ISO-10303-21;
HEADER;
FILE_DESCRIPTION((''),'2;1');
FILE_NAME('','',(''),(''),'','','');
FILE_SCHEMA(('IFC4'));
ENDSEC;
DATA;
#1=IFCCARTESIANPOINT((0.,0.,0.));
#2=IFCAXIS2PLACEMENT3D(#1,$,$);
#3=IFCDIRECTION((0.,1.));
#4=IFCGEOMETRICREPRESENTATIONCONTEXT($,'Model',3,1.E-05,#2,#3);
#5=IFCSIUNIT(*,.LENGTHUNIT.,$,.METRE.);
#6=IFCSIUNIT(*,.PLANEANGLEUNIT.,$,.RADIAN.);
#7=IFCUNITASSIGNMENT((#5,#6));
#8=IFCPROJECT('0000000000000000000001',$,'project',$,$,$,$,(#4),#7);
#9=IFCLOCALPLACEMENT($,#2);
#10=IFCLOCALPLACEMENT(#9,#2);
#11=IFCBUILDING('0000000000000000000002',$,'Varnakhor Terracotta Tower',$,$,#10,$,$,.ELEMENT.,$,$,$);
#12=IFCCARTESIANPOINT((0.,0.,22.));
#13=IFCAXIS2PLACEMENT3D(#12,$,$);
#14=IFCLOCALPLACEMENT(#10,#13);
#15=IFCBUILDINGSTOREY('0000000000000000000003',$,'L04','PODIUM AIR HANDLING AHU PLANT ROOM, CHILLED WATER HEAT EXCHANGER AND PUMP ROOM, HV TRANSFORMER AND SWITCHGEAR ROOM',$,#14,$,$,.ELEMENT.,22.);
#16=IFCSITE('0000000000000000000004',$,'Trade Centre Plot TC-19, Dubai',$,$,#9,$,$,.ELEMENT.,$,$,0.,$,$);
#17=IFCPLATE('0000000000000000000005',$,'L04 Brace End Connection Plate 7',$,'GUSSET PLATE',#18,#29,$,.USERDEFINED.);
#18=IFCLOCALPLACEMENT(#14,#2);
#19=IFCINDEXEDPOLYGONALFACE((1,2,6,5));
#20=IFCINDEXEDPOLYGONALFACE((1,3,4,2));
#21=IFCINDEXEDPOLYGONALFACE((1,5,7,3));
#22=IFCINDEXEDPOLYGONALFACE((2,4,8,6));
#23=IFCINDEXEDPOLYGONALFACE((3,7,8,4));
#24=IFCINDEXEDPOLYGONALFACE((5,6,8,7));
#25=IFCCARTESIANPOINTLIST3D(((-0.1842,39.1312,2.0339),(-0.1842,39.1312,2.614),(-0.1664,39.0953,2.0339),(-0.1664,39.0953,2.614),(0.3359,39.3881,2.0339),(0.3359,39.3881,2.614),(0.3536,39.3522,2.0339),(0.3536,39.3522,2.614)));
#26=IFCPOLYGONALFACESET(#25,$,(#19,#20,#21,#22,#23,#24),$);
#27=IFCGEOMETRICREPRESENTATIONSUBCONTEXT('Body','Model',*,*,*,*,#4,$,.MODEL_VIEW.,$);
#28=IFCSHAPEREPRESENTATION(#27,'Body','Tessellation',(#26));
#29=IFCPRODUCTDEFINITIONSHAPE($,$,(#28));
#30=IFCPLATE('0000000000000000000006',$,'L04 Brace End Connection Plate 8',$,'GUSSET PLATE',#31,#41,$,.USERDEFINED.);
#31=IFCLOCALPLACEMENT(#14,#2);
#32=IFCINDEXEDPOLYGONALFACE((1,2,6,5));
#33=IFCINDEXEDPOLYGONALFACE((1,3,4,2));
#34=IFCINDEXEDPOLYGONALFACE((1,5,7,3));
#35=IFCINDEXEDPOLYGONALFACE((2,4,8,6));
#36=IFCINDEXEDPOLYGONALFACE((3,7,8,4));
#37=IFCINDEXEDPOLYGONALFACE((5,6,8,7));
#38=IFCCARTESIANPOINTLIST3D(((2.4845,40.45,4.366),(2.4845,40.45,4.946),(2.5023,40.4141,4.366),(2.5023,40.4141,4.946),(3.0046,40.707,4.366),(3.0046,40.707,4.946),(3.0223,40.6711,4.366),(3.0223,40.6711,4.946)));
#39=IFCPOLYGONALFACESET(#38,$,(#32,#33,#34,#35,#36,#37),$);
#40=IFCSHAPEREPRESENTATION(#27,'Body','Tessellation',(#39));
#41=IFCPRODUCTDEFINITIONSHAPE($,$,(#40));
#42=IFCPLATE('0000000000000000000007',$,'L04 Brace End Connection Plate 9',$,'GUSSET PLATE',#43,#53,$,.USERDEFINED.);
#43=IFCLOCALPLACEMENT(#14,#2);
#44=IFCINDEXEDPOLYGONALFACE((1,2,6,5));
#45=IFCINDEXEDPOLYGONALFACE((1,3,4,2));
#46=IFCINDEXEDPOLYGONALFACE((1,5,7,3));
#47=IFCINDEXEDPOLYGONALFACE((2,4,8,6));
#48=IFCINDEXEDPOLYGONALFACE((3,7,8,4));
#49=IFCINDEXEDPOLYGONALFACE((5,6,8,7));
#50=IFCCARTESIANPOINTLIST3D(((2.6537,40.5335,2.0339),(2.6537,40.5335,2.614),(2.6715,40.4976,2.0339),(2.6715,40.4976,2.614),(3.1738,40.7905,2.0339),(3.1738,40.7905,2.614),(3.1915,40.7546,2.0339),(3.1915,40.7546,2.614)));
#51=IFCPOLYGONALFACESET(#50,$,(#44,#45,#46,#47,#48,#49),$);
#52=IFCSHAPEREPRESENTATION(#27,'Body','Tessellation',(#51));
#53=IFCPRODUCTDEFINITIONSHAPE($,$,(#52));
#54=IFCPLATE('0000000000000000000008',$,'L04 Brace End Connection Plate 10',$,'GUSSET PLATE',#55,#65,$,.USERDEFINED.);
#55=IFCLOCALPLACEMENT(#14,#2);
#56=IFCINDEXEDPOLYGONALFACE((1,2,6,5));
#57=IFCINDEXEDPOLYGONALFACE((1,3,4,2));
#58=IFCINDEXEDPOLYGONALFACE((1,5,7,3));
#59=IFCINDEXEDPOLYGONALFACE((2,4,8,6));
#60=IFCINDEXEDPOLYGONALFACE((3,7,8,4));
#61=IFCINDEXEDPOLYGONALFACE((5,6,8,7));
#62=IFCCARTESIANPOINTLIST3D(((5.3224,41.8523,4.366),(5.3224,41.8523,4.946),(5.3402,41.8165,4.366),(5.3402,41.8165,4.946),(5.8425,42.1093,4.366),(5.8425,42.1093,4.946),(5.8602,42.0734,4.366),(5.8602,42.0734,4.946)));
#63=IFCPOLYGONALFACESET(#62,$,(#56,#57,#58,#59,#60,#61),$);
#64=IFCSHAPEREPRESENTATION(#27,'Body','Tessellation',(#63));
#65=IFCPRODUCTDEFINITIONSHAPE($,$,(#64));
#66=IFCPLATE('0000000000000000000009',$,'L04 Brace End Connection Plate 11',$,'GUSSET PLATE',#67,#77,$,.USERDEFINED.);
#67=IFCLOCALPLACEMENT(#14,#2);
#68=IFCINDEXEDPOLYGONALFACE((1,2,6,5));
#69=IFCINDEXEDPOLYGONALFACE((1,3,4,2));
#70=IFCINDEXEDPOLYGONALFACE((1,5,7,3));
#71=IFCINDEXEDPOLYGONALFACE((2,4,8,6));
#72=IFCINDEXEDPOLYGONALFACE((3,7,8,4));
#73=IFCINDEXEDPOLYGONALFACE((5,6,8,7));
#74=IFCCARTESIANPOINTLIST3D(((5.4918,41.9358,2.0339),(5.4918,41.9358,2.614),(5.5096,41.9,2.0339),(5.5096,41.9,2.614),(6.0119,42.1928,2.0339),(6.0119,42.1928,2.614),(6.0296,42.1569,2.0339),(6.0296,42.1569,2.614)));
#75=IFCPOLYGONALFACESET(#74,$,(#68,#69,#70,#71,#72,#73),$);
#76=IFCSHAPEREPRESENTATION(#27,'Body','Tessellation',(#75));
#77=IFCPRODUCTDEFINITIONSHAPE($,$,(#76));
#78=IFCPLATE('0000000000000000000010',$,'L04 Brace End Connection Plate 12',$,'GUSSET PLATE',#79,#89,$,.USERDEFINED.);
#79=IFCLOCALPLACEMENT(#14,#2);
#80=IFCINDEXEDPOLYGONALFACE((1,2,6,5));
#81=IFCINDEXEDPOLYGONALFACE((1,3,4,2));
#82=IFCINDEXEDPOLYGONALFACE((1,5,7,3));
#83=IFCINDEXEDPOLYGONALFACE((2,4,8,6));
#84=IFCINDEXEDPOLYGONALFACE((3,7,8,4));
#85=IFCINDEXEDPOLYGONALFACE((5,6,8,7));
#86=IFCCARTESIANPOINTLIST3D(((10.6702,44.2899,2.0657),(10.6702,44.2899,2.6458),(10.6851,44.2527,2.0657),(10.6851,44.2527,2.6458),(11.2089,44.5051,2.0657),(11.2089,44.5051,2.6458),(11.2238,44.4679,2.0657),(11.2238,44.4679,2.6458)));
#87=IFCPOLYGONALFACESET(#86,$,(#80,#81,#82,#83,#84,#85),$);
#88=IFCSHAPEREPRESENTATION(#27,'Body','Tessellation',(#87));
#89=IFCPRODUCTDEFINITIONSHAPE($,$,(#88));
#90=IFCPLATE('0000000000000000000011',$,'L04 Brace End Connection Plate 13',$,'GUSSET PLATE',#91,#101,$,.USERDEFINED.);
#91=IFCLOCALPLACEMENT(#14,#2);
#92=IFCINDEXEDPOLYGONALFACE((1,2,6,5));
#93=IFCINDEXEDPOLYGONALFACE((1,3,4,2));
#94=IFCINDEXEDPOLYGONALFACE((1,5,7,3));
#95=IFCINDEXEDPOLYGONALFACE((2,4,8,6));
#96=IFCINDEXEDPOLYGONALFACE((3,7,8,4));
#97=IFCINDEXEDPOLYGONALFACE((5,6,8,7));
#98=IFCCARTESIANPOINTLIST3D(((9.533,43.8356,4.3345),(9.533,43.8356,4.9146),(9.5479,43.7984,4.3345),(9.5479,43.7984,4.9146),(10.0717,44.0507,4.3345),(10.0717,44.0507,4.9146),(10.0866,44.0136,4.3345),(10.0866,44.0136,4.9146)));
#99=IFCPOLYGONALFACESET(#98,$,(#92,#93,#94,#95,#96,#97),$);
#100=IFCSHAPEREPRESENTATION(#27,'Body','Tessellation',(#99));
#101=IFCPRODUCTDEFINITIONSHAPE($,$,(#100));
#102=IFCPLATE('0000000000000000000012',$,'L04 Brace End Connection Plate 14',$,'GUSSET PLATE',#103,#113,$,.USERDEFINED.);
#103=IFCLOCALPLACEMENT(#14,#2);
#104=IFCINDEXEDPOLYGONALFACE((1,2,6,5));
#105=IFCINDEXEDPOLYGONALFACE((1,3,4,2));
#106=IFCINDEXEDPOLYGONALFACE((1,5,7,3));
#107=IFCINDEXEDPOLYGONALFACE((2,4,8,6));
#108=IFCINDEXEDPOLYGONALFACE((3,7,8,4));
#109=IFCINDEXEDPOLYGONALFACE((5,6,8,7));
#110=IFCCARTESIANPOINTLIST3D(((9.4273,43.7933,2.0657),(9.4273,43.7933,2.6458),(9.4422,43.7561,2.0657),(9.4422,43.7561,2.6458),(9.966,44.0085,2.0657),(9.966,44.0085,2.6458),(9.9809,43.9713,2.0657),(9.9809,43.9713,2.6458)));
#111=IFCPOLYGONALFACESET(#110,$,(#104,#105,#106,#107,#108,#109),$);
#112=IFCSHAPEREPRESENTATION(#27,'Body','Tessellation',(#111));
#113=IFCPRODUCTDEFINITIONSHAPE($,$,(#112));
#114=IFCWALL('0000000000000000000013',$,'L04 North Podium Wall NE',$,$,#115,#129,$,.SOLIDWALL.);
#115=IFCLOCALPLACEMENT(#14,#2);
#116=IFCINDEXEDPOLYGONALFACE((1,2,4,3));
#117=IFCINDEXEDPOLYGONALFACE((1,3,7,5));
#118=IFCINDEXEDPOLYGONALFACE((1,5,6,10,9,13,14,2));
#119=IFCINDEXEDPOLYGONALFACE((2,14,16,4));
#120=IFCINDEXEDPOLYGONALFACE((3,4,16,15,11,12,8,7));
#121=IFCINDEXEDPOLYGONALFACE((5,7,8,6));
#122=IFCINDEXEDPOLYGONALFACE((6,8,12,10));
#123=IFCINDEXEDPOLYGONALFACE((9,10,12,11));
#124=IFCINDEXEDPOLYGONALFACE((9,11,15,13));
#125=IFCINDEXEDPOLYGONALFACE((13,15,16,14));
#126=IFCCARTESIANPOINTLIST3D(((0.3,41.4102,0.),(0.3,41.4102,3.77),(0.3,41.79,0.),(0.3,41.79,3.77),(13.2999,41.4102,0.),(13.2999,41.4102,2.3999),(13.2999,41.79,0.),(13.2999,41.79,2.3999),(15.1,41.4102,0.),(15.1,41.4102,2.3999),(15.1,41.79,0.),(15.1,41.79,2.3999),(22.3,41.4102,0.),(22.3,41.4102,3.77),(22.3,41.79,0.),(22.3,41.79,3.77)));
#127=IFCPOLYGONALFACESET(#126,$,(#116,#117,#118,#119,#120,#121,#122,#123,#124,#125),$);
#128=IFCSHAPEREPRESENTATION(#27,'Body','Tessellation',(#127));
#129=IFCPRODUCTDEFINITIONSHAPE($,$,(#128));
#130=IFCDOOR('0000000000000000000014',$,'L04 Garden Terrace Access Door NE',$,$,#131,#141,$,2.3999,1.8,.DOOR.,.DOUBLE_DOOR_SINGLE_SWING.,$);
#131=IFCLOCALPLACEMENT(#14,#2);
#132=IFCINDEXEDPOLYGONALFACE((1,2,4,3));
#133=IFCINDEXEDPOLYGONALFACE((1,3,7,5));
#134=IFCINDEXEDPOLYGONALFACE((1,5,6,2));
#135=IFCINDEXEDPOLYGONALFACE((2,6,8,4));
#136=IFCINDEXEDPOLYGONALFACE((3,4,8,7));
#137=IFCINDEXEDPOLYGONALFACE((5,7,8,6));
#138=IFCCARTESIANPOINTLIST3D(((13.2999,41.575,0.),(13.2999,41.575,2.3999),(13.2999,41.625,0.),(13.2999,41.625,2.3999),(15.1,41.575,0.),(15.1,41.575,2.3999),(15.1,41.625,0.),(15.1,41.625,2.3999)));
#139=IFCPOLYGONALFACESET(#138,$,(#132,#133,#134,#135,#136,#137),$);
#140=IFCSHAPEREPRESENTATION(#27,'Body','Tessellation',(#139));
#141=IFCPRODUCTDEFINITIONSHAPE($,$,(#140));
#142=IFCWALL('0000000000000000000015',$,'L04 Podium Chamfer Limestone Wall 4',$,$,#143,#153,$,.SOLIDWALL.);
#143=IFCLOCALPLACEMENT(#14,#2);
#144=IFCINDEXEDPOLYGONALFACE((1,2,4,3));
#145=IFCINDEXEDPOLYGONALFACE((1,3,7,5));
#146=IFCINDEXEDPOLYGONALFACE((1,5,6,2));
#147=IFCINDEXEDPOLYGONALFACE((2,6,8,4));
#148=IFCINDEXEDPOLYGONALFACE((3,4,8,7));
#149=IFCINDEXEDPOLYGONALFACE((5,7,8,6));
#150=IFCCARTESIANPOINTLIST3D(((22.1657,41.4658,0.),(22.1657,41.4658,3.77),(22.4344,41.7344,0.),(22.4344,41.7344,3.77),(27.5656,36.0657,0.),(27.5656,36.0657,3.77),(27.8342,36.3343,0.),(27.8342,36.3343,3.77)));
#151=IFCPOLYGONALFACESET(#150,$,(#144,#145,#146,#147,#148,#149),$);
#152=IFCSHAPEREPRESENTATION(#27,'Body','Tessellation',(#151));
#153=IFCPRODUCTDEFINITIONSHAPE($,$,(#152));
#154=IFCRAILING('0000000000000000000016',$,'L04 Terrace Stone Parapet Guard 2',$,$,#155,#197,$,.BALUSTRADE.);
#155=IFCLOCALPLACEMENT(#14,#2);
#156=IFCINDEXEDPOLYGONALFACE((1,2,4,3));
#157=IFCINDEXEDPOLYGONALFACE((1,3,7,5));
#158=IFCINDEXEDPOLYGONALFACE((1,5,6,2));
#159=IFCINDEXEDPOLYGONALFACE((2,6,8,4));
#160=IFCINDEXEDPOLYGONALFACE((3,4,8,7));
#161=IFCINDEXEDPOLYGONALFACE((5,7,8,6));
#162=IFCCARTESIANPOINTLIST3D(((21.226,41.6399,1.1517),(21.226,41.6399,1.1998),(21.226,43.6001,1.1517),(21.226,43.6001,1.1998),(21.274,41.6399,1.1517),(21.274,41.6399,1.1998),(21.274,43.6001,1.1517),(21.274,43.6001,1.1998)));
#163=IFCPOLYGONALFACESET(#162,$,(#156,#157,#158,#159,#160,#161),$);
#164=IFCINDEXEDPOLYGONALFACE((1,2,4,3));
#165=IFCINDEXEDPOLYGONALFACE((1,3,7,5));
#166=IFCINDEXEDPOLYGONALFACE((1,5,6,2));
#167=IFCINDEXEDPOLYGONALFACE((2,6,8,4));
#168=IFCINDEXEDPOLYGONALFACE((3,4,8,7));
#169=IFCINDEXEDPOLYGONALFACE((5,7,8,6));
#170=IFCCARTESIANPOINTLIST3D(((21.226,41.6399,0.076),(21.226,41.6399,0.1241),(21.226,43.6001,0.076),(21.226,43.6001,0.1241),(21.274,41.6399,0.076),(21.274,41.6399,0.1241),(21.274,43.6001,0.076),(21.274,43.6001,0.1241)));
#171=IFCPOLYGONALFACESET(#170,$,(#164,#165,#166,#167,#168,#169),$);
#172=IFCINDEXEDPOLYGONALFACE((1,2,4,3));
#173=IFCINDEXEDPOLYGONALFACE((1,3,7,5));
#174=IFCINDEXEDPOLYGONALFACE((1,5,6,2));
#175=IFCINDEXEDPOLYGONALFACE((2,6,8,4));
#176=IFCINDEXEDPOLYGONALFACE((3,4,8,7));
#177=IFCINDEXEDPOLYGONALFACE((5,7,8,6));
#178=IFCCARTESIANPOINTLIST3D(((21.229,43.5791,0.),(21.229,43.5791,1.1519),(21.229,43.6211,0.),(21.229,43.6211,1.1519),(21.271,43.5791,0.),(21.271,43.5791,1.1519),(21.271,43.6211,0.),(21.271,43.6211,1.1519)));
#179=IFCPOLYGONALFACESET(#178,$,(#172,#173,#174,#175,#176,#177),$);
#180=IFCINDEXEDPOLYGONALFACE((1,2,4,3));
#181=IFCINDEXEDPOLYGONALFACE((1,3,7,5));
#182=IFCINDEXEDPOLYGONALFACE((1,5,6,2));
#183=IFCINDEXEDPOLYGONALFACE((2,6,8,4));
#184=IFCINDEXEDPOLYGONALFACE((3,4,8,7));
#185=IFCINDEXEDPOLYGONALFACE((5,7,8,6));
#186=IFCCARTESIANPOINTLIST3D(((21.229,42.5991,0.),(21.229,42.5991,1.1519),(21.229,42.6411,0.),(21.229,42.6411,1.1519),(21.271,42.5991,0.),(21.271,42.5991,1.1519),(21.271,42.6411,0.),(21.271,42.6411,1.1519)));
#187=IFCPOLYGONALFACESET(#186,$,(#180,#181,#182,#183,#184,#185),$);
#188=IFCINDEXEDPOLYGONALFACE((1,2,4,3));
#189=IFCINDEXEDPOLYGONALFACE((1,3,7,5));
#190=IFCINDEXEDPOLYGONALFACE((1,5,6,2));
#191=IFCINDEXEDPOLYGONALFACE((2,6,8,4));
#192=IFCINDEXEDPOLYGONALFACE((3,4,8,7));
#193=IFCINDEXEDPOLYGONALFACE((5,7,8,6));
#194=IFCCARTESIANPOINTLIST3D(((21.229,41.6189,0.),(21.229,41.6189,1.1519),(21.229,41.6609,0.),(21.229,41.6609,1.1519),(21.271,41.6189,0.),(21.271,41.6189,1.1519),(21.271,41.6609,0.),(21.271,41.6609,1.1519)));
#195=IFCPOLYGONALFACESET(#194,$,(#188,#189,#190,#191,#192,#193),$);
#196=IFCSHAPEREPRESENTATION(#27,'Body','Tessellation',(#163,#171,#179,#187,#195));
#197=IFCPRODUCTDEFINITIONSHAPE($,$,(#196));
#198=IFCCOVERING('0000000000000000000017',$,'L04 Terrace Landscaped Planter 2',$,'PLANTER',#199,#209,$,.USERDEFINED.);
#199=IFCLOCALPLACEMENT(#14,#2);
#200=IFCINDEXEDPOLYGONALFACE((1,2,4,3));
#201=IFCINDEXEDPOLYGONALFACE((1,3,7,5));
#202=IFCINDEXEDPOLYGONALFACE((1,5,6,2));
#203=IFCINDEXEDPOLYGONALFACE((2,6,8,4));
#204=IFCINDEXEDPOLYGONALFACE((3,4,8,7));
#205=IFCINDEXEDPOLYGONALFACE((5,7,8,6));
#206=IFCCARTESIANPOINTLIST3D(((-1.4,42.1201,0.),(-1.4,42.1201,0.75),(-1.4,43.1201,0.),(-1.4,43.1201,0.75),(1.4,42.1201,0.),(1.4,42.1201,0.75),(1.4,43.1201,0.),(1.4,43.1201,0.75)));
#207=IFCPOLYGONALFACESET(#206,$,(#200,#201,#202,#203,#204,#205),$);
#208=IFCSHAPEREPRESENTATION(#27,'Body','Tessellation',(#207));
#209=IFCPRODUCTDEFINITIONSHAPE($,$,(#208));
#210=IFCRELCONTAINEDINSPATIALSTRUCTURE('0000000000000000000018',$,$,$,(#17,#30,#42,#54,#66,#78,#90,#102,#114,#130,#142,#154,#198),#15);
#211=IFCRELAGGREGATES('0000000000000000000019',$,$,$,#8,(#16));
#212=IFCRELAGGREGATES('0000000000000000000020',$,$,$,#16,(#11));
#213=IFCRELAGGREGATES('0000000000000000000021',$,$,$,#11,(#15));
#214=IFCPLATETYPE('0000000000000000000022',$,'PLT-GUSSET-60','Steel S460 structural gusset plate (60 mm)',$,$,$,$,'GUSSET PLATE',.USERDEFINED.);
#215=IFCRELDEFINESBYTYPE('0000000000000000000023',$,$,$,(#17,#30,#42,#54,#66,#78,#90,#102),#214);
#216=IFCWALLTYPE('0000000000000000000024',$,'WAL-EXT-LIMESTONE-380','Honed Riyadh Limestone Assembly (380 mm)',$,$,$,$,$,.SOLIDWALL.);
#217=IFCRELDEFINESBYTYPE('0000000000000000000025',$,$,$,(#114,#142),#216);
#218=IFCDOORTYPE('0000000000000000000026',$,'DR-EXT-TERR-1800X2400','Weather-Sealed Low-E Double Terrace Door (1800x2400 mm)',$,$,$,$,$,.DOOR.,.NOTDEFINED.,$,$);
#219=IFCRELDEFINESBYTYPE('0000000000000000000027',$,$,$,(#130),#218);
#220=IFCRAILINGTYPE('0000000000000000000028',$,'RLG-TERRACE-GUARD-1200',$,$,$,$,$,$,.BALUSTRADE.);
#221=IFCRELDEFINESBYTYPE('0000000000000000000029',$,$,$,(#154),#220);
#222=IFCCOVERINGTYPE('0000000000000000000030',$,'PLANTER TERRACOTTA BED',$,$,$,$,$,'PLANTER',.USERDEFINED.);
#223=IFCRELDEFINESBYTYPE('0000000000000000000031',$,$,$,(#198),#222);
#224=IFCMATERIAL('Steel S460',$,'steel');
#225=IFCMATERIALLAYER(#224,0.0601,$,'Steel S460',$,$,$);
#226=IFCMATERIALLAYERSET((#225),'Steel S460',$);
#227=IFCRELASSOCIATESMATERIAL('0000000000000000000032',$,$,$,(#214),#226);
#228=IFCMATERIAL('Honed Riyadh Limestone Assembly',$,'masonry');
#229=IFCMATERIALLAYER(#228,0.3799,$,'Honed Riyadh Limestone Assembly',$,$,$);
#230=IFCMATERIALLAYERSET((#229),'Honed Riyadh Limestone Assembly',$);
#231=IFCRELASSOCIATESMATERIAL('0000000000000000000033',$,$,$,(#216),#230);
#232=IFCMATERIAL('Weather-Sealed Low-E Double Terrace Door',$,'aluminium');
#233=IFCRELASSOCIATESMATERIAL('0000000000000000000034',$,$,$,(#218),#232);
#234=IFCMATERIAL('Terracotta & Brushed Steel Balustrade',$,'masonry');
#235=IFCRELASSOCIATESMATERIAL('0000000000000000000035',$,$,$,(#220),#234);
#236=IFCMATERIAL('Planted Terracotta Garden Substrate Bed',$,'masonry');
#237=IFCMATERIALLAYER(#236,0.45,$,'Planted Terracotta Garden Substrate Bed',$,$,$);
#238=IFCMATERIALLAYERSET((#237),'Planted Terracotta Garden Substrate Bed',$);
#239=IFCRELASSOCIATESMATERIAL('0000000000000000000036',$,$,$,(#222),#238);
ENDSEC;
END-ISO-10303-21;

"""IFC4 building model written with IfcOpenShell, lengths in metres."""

from ifc_helpers import new_model, si_unit, direction, frame, frame_2d, origin, origin_2d, place, context, subcontext, project, spatial, rectangle, extrude, source, transform, mapped, material, layer, layer_set, type_object, type_shapes, element, fill, save


model = new_model("IFC4")

# Units and contexts
model_context = context("Model", 3, precision=1e-05, world=origin(), true_north=direction((0.0, 1.0)))
body_context = subcontext(model_context, "Body", "Model", "MODEL_VIEW")
ifc_project = project(units=[si_unit("LENGTHUNIT", "METRE"), si_unit("PLANEANGLEUNIT", "RADIAN")], contexts=[model_context])

# Site, building, storey
site_placement = place(None, origin())
site = spatial("IfcSite", under=ifc_project, at=site_placement, Name="Trade Centre Plot TC-19, Dubai", CompositionType="ELEMENT", RefElevation=0.0)
building_placement = place(site_placement, origin())
building = spatial("IfcBuilding", under=site, at=building_placement, Name="Varnakhor Terracotta Tower", CompositionType="ELEMENT")
storey_placement = place(building_placement, frame((0.0, 0.0, 22.0)))
storey = spatial("IfcBuildingStorey", under=building, at=storey_placement, Name="L04", Description="PODIUM AIR HANDLING AHU PLANT ROOM, CHILLED WATER HEAT EXCHANGER AND PUMP ROOM, HV TRANSFORMER AND SWITCHGEAR ROOM", CompositionType="ELEMENT", Elevation=22.0)

# Shared definitions
ifc_material_1 = material(Name="Steel S460", Category="steel")

# Plates
ifc_layer_1 = layer(ifc_material_1, 0.0601, Name="Steel S460")
ifc_layer_set_1 = layer_set([ifc_layer_1], Name="Steel S460")
plate_type_1 = type_object("IfcPlateType", Name="PLT-GUSSET-60", Description="Steel S460 structural gusset plate (60 mm)", ElementType="GUSSET PLATE", PredefinedType="USERDEFINED", material=ifc_layer_set_1)
shared_shape_1 = source(origin(), body_context, "Body", "SweptSolid", [
    extrude(rectangle(XDim=0.5801, YDim=0.04, at=origin_2d()), origin(), (0.0, 0.0, 1.0), 0.5801),
])
for number, where, z_axis, x_axis, name in (
    (1, (0.0847, 39.2417, 2.0339), (0.0, 0.0, 1.0), (0.896525, 0.442993, 0.0), "L04 Brace End Connection Plate 7"),
    (2, (2.7534, 40.5605, 4.366), (0.0, 0.0, 1.0), (0.896525, 0.442993, 0.0), "L04 Brace End Connection Plate 8"),
    (3, (2.9226, 40.644, 2.0339), (0.0, 0.0, 1.0), (0.896517, 0.443009, 0.0), "L04 Brace End Connection Plate 9"),
    (4, (5.5913, 41.9629, 4.366), (0.0, 0.0, 1.0), (0.896517, 0.443009, 0.0), "L04 Brace End Connection Plate 10"),
    (5, (5.7607, 42.0464, 2.0339), (0.0, 0.0, 1.0), (0.896525, 0.442993, 0.0), "L04 Brace End Connection Plate 11"),
    (6, (10.947, 44.3789, 2.0657), (0.0, 0.0, 1.0), (-0.928654, -0.370946, 0.0), "L04 Brace End Connection Plate 12"),
    (7, (9.8098, 43.9246, 4.3345), (0.0, 0.0, 1.0), (-0.928654, -0.370946, 0.0), "L04 Brace End Connection Plate 13"),
    (8, (9.7041, 43.8823, 2.0657), (0.0, 0.0, 1.0), (-0.928654, -0.370946, 0.0), "L04 Brace End Connection Plate 14"),
):
    element("IfcPlate", number, at=place(storey_placement, frame(where, z_axis=z_axis, x_axis=x_axis)), inside=storey, type_object=plate_type_1, Name=name, ObjectType="GUSSET PLATE", PredefinedType="USERDEFINED", context=body_context, shape_type="MappedRepresentation", body=[
        mapped(shared_shape_1, transform((0.0, 0.0, 0.0), scale=1.0)),
    ])

# Wall, opening, door
ifc_material_2 = material(Name="Honed Riyadh Limestone Assembly", Category="masonry")
ifc_layer_2 = layer(ifc_material_2, 0.3799, Name="Honed Riyadh Limestone Assembly")
ifc_layer_set_2 = layer_set([ifc_layer_2], Name="Honed Riyadh Limestone Assembly")
wall_type = type_object("IfcWallType", Name="WAL-EXT-LIMESTONE-380", Description="Honed Riyadh Limestone Assembly (380 mm)", PredefinedType="SOLIDWALL", material=ifc_layer_set_2)
wall_1_placement = place(storey_placement, frame((0.3, 41.6001, 0.0), z_axis=(0.0, 0.0, 1.0), x_axis=(1.0, 0.0, 0.0)))
wall_1 = element("IfcWall", 9, at=wall_1_placement, inside=storey, type_object=wall_type, Name="L04 North Podium Wall NE", PredefinedType="SOLIDWALL", context=body_context, shape_type="SweptSolid", body=[
    extrude(rectangle(XDim=22.0, YDim=0.3799, at=frame_2d((11.0, 0.0))), origin(), (0.0, 0.0, 1.0), 3.77),
])
opening_placement = place(wall_1_placement, frame((13.0, 0.0, 0.0)))
opening = element("IfcOpeningElement", 10, at=opening_placement, cuts=wall_1, PredefinedType="OPENING", context=body_context, shape_type="SweptSolid", body=[
    extrude(rectangle(XDim=1.8, YDim=2.3999, at=frame_2d((0.8999, 1.2))), frame((0.0, 0.2, 0.0), z_axis=(0.0, -1.0, 0.0), x_axis=(1.0, 0.0, 0.0)), (0.0, 0.0, 1.0), 0.3999),
])
ifc_material_3 = material(Name="Weather-Sealed Low-E Double Terrace Door", Category="aluminium")
door_type = type_object("IfcDoorType", Name="DR-EXT-TERR-1800X2400", Description="Weather-Sealed Low-E Double Terrace Door (1800x2400 mm)", OperationType="NOTDEFINED", PredefinedType="DOOR", material=ifc_material_3)
shared_shape_2 = source(origin(), body_context, "Body", "SweptSolid", [
    extrude(rectangle(XDim=1.8, YDim=2.3999, at=frame_2d((0.8999, 1.2))), frame((0.0, 0.0249, 0.0), z_axis=(0.0, -1.0, 0.0), x_axis=(1.0, 0.0, 0.0)), (0.0, 0.0, 1.0), 0.05),
])
type_shapes(door_type, [shared_shape_2])
door_placement = place(opening_placement, origin())
door = element("IfcDoor", 11, at=door_placement, inside=storey, type_object=door_type, Name="L04 Garden Terrace Access Door NE", OperationType="DOUBLE_DOOR_SINGLE_SWING", OverallHeight=2.3999, OverallWidth=1.8, PredefinedType="DOOR", context=body_context, shape_type="MappedRepresentation", body=[
    mapped(shared_shape_2, transform((0.0, 0.0, 0.0), scale=1.0)),
])
fill(opening, door)

# Wall
wall_2_placement = place(storey_placement, frame((22.3, 41.6001, 0.0), z_axis=(0.0, 0.0, 1.0), x_axis=(0.707091, -0.707123, 0.0)))
element("IfcWall", 12, at=wall_2_placement, inside=storey, type_object=wall_type, Name="L04 Podium Chamfer Limestone Wall 4", PredefinedType="SOLIDWALL", context=body_context, shape_type="SweptSolid", body=[
    extrude(rectangle(XDim=7.6367, YDim=0.3799, at=frame_2d((3.8184, 0.0))), origin(), (0.0, 0.0, 1.0), 3.77),
])

# Railing
ifc_material_4 = material(Name="Terracotta & Brushed Steel Balustrade", Category="masonry")
railing_type = type_object("IfcRailingType", Name="RLG-TERRACE-GUARD-1200", PredefinedType="BALUSTRADE", material=ifc_material_4)
railing_placement = place(storey_placement, frame((21.25, 43.6001, 0.0)))
element("IfcRailing", 13, at=railing_placement, inside=storey, type_object=railing_type, Name="L04 Terrace Stone Parapet Guard 2", PredefinedType="BALUSTRADE", context=body_context, shape_type="SweptSolid", body=[
    extrude(rectangle(XDim=0.0481, YDim=0.0481, at=origin_2d()), frame((0.0, 0.0, 1.1758), z_axis=(0.0, -1.0, 0.0), x_axis=(1.0, 0.0, 0.0)), (0.0, 0.0, 1.0), 1.9602),
    extrude(rectangle(XDim=0.0481, YDim=0.0481, at=origin_2d()), frame((0.0, 0.0, 0.1001), z_axis=(0.0, -1.0, 0.0), x_axis=(1.0, 0.0, 0.0)), (0.0, 0.0, 1.0), 1.9602),
    extrude(rectangle(XDim=0.042, YDim=0.042, at=origin_2d()), origin(), (0.0, 0.0, 1.0), 1.1519),
    extrude(rectangle(XDim=0.042, YDim=0.042, at=origin_2d()), frame((0.0, -0.98, 0.0)), (0.0, 0.0, 1.0), 1.1519),
    extrude(rectangle(XDim=0.042, YDim=0.042, at=origin_2d()), frame((0.0, -1.9602, 0.0)), (0.0, 0.0, 1.0), 1.1519),
])

# Covering
ifc_material_5 = material(Name="Planted Terracotta Garden Substrate Bed", Category="masonry")
ifc_layer_3 = layer(ifc_material_5, 0.45, Name="Planted Terracotta Garden Substrate Bed")
ifc_layer_set_3 = layer_set([ifc_layer_3], Name="Planted Terracotta Garden Substrate Bed")
covering_type = type_object("IfcCoveringType", Name="PLANTER TERRACOTTA BED", ElementType="PLANTER", PredefinedType="USERDEFINED", material=ifc_layer_set_3)
shared_shape_3 = source(origin(), body_context, "Body", "SweptSolid", [
    extrude(rectangle(XDim=2.8, YDim=1.0, at=origin_2d()), origin(), (0.0, 0.0, 1.0), 0.75),
])
type_shapes(covering_type, [shared_shape_3])
for number, where, z_axis, x_axis, name in (
    (14, (0.0, 42.6201, 0.0), (0.0, 0.0, 1.0), (1.0, 0.0, 0.0), "L04 Terrace Landscaped Planter 2"),
):
    element("IfcCovering", number, at=place(storey_placement, frame(where, z_axis=z_axis, x_axis=x_axis)), inside=storey, type_object=covering_type, Name=name, ObjectType="PLANTER", PredefinedType="USERDEFINED", context=body_context, shape_type="MappedRepresentation", body=[
        mapped(shared_shape_3, transform((0.0, 0.0, 0.0), scale=1.0)),
    ])

save(model, "model.ifc")
